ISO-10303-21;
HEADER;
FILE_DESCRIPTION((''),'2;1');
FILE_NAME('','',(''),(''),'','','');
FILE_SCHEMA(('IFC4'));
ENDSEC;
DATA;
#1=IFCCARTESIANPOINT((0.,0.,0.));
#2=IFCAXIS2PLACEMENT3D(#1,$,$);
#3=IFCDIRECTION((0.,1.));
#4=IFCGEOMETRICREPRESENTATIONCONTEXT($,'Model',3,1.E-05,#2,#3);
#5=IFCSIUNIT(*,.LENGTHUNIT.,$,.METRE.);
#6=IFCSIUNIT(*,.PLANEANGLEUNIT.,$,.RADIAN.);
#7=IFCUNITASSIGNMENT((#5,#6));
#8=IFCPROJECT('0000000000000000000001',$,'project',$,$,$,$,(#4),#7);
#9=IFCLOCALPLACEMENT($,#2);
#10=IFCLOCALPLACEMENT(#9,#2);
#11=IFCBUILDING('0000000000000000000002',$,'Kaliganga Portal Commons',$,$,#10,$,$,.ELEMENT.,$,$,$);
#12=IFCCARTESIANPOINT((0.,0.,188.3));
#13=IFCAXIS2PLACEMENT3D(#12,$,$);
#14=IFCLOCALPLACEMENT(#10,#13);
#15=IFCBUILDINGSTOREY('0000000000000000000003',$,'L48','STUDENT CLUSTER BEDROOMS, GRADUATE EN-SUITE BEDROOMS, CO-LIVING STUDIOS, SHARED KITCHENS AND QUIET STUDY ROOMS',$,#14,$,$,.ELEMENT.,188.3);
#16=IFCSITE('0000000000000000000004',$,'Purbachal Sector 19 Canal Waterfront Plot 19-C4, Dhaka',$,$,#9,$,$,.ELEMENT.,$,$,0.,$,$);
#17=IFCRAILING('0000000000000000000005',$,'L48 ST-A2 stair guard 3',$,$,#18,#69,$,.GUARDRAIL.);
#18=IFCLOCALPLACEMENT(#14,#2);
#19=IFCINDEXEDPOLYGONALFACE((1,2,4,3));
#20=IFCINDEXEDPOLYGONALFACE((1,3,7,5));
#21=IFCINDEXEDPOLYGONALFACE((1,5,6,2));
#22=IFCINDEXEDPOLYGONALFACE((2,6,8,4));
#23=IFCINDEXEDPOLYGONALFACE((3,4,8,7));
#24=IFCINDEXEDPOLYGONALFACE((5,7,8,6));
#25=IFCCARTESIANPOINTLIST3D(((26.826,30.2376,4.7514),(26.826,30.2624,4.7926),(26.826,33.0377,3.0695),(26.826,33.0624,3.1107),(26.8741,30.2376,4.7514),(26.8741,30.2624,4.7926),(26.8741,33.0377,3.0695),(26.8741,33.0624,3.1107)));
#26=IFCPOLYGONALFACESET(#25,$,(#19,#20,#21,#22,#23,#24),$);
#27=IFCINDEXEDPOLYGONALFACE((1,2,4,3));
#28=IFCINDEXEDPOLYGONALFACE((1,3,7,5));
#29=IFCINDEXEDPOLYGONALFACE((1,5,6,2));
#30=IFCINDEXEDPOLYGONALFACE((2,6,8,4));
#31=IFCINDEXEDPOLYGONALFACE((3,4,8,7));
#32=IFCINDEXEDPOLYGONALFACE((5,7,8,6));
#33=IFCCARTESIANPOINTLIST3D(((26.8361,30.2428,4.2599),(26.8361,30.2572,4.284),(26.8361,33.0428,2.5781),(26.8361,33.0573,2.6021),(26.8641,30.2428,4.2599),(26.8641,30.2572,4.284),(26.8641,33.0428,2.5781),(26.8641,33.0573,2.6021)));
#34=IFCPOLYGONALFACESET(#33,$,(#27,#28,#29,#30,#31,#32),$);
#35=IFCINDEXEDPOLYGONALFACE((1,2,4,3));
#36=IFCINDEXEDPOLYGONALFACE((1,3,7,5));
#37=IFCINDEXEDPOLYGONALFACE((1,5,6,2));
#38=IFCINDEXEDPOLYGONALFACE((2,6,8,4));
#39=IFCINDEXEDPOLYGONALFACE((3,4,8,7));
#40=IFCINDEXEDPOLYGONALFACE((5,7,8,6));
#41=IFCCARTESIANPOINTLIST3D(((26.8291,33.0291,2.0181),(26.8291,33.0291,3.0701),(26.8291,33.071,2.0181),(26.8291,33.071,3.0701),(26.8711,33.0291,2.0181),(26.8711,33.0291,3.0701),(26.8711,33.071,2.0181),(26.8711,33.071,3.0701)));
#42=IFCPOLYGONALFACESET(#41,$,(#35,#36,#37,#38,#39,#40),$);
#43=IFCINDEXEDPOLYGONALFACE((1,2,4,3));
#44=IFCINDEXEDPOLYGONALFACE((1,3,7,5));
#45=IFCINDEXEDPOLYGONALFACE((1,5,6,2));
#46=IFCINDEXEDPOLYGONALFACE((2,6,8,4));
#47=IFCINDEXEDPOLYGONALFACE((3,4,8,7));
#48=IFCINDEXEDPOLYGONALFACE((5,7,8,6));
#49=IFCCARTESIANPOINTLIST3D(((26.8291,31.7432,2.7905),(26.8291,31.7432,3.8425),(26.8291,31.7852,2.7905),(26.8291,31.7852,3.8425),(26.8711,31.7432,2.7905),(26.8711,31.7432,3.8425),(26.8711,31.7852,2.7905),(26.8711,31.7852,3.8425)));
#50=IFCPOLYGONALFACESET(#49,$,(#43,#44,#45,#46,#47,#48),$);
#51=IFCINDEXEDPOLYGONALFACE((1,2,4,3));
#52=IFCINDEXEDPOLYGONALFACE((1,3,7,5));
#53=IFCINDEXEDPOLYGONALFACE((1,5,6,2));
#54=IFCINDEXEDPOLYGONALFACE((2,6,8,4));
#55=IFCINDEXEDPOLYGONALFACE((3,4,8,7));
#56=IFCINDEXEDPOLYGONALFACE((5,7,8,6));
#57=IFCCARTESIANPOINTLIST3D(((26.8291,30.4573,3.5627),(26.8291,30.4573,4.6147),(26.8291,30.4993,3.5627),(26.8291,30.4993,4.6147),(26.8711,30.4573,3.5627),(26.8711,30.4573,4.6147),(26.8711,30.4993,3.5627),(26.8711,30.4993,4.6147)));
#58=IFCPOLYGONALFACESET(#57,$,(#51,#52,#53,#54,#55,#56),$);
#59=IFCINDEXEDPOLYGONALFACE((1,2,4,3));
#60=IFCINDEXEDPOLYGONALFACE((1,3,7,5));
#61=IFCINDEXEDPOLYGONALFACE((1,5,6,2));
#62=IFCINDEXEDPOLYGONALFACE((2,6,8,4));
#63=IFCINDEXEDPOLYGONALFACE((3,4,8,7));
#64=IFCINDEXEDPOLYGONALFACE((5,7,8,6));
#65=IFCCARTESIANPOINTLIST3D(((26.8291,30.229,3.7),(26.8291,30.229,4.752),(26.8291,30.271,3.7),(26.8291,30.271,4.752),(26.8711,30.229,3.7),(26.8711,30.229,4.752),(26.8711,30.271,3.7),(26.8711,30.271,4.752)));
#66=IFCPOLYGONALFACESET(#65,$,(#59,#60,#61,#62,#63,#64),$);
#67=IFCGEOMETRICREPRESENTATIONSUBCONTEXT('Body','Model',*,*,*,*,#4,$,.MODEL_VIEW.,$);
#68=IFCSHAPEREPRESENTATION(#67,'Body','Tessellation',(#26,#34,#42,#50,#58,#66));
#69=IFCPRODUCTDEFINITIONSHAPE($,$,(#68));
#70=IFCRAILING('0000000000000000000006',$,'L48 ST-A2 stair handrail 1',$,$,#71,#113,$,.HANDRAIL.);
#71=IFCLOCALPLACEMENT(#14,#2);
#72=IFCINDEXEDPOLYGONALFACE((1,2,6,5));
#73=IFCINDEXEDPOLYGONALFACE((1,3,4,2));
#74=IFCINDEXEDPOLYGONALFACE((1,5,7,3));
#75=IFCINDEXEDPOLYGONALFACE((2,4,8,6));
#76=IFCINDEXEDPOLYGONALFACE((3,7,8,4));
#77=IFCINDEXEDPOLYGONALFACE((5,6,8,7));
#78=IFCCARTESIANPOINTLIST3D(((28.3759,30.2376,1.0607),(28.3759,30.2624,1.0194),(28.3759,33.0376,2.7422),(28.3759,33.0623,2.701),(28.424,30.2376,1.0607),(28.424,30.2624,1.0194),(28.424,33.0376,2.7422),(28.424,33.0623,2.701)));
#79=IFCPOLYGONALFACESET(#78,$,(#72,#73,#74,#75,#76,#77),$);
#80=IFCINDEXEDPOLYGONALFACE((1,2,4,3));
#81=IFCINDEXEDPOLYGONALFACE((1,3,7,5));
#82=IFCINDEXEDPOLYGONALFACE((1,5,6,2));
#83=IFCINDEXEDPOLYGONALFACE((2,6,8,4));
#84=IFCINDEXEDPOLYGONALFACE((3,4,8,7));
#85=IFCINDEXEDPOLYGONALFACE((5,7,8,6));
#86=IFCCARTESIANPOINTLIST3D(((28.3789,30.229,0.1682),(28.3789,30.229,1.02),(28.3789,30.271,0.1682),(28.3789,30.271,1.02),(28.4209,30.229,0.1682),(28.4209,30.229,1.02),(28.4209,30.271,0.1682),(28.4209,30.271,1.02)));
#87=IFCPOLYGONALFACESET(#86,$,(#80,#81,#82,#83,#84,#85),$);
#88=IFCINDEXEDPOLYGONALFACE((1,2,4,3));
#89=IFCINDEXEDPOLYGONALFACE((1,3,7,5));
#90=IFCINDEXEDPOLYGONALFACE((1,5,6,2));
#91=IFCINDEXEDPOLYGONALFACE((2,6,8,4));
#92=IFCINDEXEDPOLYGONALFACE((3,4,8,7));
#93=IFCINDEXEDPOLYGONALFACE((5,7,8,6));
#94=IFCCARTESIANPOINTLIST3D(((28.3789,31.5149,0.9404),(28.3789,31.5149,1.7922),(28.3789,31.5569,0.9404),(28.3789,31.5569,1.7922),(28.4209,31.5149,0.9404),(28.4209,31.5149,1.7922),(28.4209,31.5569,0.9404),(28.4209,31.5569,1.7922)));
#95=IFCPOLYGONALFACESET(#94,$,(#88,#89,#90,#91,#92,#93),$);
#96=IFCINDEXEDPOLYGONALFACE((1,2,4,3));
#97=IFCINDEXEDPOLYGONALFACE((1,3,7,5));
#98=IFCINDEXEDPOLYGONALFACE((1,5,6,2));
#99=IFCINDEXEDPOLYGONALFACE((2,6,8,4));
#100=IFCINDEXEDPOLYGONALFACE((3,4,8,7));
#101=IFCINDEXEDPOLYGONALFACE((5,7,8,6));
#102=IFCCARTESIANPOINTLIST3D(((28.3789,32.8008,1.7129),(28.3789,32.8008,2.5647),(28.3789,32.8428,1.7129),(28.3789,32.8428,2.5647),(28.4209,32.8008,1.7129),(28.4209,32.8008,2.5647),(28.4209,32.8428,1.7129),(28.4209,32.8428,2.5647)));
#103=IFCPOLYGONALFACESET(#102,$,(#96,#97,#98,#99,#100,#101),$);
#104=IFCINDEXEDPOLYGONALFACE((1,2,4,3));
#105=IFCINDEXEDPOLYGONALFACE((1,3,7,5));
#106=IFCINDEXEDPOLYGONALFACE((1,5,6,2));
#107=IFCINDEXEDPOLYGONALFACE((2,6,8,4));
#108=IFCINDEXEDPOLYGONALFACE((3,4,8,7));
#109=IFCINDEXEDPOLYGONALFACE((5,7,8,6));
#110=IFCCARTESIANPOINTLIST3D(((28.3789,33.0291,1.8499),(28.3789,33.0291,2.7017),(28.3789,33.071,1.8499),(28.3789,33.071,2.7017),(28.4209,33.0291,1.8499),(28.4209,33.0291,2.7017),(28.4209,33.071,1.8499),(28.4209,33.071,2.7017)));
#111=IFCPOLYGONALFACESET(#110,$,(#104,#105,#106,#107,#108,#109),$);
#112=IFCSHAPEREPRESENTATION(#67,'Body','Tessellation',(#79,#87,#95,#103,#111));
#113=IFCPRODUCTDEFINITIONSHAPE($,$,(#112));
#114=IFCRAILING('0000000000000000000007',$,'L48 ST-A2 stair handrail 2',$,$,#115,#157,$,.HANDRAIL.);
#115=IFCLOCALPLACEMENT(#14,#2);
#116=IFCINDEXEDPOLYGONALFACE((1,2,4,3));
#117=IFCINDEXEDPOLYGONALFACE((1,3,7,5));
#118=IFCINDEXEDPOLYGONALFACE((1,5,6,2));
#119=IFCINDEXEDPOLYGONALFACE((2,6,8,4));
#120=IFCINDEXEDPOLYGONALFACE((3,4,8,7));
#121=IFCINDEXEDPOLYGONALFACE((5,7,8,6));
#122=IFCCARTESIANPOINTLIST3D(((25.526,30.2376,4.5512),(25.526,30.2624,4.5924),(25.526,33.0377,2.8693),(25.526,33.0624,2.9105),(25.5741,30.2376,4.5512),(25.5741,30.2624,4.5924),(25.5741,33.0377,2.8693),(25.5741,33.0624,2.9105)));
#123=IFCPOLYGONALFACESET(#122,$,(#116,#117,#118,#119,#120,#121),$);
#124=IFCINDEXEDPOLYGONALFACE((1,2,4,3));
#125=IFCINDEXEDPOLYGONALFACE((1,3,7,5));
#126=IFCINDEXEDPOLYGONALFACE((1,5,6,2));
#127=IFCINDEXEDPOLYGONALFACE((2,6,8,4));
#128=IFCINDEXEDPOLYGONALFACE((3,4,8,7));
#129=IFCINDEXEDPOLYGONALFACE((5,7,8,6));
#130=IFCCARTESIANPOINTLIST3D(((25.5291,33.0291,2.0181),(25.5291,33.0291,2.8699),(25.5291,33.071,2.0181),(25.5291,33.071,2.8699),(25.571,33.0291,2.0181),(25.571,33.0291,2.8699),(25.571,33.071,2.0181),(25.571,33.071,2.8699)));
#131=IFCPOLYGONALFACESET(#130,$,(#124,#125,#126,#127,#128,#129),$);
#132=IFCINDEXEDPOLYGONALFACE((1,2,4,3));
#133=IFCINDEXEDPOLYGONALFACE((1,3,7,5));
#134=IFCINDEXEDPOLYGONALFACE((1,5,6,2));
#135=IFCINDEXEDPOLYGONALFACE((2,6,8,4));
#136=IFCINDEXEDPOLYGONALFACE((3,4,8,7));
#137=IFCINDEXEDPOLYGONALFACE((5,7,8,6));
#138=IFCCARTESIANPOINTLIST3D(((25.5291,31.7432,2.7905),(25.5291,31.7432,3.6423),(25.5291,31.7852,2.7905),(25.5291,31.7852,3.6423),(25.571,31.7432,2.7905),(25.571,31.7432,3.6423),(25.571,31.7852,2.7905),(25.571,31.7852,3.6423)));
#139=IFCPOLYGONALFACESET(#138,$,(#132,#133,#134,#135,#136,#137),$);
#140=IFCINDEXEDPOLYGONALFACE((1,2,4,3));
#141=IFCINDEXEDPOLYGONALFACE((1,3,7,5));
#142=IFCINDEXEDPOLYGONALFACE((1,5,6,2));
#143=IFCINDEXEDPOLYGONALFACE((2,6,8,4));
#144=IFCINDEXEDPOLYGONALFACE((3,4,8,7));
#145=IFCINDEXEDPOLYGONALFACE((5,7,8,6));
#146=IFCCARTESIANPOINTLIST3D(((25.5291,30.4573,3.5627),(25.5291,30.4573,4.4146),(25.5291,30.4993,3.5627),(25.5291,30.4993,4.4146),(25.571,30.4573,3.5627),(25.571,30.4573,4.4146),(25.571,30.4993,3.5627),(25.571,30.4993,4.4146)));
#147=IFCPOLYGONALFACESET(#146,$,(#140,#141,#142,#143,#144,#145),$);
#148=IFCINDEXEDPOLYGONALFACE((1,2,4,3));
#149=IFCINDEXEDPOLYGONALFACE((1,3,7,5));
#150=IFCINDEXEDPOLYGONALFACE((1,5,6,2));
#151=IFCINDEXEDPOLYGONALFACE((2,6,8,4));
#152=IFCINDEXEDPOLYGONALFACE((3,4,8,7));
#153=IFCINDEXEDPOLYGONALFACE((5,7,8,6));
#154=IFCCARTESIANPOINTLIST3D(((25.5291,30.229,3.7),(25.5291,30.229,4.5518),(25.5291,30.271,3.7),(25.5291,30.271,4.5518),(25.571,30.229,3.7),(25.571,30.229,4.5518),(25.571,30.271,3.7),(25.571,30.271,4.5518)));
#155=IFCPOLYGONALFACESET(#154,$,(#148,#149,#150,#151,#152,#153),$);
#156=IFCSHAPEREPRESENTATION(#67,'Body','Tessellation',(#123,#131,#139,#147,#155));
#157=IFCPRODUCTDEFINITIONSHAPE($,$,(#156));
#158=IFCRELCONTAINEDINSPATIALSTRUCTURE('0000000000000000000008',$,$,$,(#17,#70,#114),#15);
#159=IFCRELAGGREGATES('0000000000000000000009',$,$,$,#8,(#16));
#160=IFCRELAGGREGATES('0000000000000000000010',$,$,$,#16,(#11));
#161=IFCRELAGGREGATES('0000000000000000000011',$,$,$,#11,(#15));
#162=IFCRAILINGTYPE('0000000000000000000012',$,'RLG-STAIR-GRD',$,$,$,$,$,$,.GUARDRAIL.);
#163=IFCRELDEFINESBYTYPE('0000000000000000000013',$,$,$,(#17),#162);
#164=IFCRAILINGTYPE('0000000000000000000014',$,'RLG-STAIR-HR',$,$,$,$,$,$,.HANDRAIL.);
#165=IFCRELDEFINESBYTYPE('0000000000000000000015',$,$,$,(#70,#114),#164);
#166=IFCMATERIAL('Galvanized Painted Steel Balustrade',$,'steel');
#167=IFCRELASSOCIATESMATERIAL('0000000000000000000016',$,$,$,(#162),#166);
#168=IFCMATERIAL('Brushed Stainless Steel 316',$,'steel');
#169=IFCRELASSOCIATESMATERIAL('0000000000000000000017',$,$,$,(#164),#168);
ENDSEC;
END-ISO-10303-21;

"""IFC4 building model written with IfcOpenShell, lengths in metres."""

from ifc_helpers import new_model, si_unit, direction, frame, origin, origin_2d, place, context, subcontext, project, spatial, rectangle, extrude, material, type_object, element, save


model = new_model("IFC4")

# Units and contexts
model_context = context("Model", 3, precision=1e-05, world=origin(), true_north=direction((0.0, 1.0)))
body_context = subcontext(model_context, "Body", "Model", "MODEL_VIEW")
ifc_project = project(units=[si_unit("LENGTHUNIT", "METRE"), si_unit("PLANEANGLEUNIT", "RADIAN")], contexts=[model_context])

# Site, building, storey
site_placement = place(None, origin())
site = spatial("IfcSite", under=ifc_project, at=site_placement, Name="Purbachal Sector 19 Canal Waterfront Plot 19-C4, Dhaka", CompositionType="ELEMENT", RefElevation=0.0)
building_placement = place(site_placement, origin())
building = spatial("IfcBuilding", under=site, at=building_placement, Name="Kaliganga Portal Commons", CompositionType="ELEMENT")
storey_placement = place(building_placement, frame((0.0, 0.0, 188.3)))
storey = spatial("IfcBuildingStorey", under=building, at=storey_placement, Name="L48", Description="STUDENT CLUSTER BEDROOMS, GRADUATE EN-SUITE BEDROOMS, CO-LIVING STUDIOS, SHARED KITCHENS AND QUIET STUDY ROOMS", CompositionType="ELEMENT", Elevation=188.3)

# Railings
ifc_material_1 = material(Name="Galvanized Painted Steel Balustrade", Category="steel")
railing_type_1 = type_object("IfcRailingType", Name="RLG-STAIR-GRD", PredefinedType="GUARDRAIL", material=ifc_material_1)
railing_1_placement = place(storey_placement, frame((26.8501, 33.05, 2.0181)))
element("IfcRailing", 1, at=railing_1_placement, inside=storey, type_object=railing_type_1, Name="L48 ST-A2 stair guard 3", PredefinedType="GUARDRAIL", context=body_context, shape_type="SweptSolid", body=[
    extrude(rectangle(XDim=0.0481, YDim=0.0481, at=origin_2d()), frame((0.0, 0.0, 1.072), z_axis=(0.0, -0.857242, 0.514913), x_axis=(1.0, 0.0, 0.0)), (0.0, 0.0, 1.0), 3.2664),
    extrude(rectangle(XDim=0.0281, YDim=0.0281, at=origin_2d()), frame((0.0, 0.0, 0.572), z_axis=(0.0, -0.857242, 0.514913), x_axis=(1.0, 0.0, 0.0)), (0.0, 0.0, 1.0), 3.2664),
    extrude(rectangle(XDim=0.042, YDim=0.042, at=origin_2d()), origin(), (0.0, 0.0, 1.0), 1.052),
    extrude(rectangle(XDim=0.042, YDim=0.042, at=origin_2d()), frame((0.0, -1.2859, 0.7725)), (0.0, 0.0, 1.0), 1.052),
    extrude(rectangle(XDim=0.042, YDim=0.042, at=origin_2d()), frame((0.0, -2.5718, 1.5447)), (0.0, 0.0, 1.0), 1.052),
    extrude(rectangle(XDim=0.042, YDim=0.042, at=origin_2d()), frame((0.0, -2.8, 1.6819)), (0.0, 0.0, 1.0), 1.052),
])
ifc_material_2 = material(Name="Brushed Stainless Steel 316", Category="steel")
railing_type_2 = type_object("IfcRailingType", Name="RLG-STAIR-HR", PredefinedType="HANDRAIL", material=ifc_material_2)
railing_2_placement = place(storey_placement, frame((28.3999, 30.25, 0.1682)))
element("IfcRailing", 2, at=railing_2_placement, inside=storey, type_object=railing_type_2, Name="L48 ST-A2 stair handrail 1", PredefinedType="HANDRAIL", context=body_context, shape_type="SweptSolid", body=[
    extrude(rectangle(XDim=0.0481, YDim=0.0481, at=origin_2d()), frame((0.0, 0.0, 0.8718), z_axis=(0.0, 0.857275, 0.514858), x_axis=(-1.0, 0.0, 0.0)), (0.0, 0.0, 1.0), 3.2661),
    extrude(rectangle(XDim=0.042, YDim=0.042, at=origin_2d()), origin(), (0.0, 0.0, 1.0), 0.8518),
    extrude(rectangle(XDim=0.042, YDim=0.042, at=origin_2d()), frame((0.0, 1.2859, 0.7722)), (0.0, 0.0, 1.0), 0.8518),
    extrude(rectangle(XDim=0.042, YDim=0.042, at=origin_2d()), frame((0.0, 2.5718, 1.5447)), (0.0, 0.0, 1.0), 0.8518),
    extrude(rectangle(XDim=0.042, YDim=0.042, at=origin_2d()), frame((0.0, 2.8, 1.6816)), (0.0, 0.0, 1.0), 0.8518),
])
railing_3_placement = place(storey_placement, frame((25.55, 33.05, 2.0181)))
element("IfcRailing", 3, at=railing_3_placement, inside=storey, type_object=railing_type_2, Name="L48 ST-A2 stair handrail 2", PredefinedType="HANDRAIL", context=body_context, shape_type="SweptSolid", body=[
    extrude(rectangle(XDim=0.0481, YDim=0.0481, at=origin_2d()), frame((0.0, 0.0, 0.8718), z_axis=(0.0, -0.857242, 0.514913), x_axis=(1.0, 0.0, 0.0)), (0.0, 0.0, 1.0), 3.2664),
    extrude(rectangle(XDim=0.042, YDim=0.042, at=origin_2d()), origin(), (0.0, 0.0, 1.0), 0.8518),
    extrude(rectangle(XDim=0.042, YDim=0.042, at=origin_2d()), frame((0.0, -1.2859, 0.7725)), (0.0, 0.0, 1.0), 0.8518),
    extrude(rectangle(XDim=0.042, YDim=0.042, at=origin_2d()), frame((0.0, -2.5718, 1.5447)), (0.0, 0.0, 1.0), 0.8518),
    extrude(rectangle(XDim=0.042, YDim=0.042, at=origin_2d()), frame((0.0, -2.8, 1.6819)), (0.0, 0.0, 1.0), 0.8518),
])

save(model, "model.ifc")
